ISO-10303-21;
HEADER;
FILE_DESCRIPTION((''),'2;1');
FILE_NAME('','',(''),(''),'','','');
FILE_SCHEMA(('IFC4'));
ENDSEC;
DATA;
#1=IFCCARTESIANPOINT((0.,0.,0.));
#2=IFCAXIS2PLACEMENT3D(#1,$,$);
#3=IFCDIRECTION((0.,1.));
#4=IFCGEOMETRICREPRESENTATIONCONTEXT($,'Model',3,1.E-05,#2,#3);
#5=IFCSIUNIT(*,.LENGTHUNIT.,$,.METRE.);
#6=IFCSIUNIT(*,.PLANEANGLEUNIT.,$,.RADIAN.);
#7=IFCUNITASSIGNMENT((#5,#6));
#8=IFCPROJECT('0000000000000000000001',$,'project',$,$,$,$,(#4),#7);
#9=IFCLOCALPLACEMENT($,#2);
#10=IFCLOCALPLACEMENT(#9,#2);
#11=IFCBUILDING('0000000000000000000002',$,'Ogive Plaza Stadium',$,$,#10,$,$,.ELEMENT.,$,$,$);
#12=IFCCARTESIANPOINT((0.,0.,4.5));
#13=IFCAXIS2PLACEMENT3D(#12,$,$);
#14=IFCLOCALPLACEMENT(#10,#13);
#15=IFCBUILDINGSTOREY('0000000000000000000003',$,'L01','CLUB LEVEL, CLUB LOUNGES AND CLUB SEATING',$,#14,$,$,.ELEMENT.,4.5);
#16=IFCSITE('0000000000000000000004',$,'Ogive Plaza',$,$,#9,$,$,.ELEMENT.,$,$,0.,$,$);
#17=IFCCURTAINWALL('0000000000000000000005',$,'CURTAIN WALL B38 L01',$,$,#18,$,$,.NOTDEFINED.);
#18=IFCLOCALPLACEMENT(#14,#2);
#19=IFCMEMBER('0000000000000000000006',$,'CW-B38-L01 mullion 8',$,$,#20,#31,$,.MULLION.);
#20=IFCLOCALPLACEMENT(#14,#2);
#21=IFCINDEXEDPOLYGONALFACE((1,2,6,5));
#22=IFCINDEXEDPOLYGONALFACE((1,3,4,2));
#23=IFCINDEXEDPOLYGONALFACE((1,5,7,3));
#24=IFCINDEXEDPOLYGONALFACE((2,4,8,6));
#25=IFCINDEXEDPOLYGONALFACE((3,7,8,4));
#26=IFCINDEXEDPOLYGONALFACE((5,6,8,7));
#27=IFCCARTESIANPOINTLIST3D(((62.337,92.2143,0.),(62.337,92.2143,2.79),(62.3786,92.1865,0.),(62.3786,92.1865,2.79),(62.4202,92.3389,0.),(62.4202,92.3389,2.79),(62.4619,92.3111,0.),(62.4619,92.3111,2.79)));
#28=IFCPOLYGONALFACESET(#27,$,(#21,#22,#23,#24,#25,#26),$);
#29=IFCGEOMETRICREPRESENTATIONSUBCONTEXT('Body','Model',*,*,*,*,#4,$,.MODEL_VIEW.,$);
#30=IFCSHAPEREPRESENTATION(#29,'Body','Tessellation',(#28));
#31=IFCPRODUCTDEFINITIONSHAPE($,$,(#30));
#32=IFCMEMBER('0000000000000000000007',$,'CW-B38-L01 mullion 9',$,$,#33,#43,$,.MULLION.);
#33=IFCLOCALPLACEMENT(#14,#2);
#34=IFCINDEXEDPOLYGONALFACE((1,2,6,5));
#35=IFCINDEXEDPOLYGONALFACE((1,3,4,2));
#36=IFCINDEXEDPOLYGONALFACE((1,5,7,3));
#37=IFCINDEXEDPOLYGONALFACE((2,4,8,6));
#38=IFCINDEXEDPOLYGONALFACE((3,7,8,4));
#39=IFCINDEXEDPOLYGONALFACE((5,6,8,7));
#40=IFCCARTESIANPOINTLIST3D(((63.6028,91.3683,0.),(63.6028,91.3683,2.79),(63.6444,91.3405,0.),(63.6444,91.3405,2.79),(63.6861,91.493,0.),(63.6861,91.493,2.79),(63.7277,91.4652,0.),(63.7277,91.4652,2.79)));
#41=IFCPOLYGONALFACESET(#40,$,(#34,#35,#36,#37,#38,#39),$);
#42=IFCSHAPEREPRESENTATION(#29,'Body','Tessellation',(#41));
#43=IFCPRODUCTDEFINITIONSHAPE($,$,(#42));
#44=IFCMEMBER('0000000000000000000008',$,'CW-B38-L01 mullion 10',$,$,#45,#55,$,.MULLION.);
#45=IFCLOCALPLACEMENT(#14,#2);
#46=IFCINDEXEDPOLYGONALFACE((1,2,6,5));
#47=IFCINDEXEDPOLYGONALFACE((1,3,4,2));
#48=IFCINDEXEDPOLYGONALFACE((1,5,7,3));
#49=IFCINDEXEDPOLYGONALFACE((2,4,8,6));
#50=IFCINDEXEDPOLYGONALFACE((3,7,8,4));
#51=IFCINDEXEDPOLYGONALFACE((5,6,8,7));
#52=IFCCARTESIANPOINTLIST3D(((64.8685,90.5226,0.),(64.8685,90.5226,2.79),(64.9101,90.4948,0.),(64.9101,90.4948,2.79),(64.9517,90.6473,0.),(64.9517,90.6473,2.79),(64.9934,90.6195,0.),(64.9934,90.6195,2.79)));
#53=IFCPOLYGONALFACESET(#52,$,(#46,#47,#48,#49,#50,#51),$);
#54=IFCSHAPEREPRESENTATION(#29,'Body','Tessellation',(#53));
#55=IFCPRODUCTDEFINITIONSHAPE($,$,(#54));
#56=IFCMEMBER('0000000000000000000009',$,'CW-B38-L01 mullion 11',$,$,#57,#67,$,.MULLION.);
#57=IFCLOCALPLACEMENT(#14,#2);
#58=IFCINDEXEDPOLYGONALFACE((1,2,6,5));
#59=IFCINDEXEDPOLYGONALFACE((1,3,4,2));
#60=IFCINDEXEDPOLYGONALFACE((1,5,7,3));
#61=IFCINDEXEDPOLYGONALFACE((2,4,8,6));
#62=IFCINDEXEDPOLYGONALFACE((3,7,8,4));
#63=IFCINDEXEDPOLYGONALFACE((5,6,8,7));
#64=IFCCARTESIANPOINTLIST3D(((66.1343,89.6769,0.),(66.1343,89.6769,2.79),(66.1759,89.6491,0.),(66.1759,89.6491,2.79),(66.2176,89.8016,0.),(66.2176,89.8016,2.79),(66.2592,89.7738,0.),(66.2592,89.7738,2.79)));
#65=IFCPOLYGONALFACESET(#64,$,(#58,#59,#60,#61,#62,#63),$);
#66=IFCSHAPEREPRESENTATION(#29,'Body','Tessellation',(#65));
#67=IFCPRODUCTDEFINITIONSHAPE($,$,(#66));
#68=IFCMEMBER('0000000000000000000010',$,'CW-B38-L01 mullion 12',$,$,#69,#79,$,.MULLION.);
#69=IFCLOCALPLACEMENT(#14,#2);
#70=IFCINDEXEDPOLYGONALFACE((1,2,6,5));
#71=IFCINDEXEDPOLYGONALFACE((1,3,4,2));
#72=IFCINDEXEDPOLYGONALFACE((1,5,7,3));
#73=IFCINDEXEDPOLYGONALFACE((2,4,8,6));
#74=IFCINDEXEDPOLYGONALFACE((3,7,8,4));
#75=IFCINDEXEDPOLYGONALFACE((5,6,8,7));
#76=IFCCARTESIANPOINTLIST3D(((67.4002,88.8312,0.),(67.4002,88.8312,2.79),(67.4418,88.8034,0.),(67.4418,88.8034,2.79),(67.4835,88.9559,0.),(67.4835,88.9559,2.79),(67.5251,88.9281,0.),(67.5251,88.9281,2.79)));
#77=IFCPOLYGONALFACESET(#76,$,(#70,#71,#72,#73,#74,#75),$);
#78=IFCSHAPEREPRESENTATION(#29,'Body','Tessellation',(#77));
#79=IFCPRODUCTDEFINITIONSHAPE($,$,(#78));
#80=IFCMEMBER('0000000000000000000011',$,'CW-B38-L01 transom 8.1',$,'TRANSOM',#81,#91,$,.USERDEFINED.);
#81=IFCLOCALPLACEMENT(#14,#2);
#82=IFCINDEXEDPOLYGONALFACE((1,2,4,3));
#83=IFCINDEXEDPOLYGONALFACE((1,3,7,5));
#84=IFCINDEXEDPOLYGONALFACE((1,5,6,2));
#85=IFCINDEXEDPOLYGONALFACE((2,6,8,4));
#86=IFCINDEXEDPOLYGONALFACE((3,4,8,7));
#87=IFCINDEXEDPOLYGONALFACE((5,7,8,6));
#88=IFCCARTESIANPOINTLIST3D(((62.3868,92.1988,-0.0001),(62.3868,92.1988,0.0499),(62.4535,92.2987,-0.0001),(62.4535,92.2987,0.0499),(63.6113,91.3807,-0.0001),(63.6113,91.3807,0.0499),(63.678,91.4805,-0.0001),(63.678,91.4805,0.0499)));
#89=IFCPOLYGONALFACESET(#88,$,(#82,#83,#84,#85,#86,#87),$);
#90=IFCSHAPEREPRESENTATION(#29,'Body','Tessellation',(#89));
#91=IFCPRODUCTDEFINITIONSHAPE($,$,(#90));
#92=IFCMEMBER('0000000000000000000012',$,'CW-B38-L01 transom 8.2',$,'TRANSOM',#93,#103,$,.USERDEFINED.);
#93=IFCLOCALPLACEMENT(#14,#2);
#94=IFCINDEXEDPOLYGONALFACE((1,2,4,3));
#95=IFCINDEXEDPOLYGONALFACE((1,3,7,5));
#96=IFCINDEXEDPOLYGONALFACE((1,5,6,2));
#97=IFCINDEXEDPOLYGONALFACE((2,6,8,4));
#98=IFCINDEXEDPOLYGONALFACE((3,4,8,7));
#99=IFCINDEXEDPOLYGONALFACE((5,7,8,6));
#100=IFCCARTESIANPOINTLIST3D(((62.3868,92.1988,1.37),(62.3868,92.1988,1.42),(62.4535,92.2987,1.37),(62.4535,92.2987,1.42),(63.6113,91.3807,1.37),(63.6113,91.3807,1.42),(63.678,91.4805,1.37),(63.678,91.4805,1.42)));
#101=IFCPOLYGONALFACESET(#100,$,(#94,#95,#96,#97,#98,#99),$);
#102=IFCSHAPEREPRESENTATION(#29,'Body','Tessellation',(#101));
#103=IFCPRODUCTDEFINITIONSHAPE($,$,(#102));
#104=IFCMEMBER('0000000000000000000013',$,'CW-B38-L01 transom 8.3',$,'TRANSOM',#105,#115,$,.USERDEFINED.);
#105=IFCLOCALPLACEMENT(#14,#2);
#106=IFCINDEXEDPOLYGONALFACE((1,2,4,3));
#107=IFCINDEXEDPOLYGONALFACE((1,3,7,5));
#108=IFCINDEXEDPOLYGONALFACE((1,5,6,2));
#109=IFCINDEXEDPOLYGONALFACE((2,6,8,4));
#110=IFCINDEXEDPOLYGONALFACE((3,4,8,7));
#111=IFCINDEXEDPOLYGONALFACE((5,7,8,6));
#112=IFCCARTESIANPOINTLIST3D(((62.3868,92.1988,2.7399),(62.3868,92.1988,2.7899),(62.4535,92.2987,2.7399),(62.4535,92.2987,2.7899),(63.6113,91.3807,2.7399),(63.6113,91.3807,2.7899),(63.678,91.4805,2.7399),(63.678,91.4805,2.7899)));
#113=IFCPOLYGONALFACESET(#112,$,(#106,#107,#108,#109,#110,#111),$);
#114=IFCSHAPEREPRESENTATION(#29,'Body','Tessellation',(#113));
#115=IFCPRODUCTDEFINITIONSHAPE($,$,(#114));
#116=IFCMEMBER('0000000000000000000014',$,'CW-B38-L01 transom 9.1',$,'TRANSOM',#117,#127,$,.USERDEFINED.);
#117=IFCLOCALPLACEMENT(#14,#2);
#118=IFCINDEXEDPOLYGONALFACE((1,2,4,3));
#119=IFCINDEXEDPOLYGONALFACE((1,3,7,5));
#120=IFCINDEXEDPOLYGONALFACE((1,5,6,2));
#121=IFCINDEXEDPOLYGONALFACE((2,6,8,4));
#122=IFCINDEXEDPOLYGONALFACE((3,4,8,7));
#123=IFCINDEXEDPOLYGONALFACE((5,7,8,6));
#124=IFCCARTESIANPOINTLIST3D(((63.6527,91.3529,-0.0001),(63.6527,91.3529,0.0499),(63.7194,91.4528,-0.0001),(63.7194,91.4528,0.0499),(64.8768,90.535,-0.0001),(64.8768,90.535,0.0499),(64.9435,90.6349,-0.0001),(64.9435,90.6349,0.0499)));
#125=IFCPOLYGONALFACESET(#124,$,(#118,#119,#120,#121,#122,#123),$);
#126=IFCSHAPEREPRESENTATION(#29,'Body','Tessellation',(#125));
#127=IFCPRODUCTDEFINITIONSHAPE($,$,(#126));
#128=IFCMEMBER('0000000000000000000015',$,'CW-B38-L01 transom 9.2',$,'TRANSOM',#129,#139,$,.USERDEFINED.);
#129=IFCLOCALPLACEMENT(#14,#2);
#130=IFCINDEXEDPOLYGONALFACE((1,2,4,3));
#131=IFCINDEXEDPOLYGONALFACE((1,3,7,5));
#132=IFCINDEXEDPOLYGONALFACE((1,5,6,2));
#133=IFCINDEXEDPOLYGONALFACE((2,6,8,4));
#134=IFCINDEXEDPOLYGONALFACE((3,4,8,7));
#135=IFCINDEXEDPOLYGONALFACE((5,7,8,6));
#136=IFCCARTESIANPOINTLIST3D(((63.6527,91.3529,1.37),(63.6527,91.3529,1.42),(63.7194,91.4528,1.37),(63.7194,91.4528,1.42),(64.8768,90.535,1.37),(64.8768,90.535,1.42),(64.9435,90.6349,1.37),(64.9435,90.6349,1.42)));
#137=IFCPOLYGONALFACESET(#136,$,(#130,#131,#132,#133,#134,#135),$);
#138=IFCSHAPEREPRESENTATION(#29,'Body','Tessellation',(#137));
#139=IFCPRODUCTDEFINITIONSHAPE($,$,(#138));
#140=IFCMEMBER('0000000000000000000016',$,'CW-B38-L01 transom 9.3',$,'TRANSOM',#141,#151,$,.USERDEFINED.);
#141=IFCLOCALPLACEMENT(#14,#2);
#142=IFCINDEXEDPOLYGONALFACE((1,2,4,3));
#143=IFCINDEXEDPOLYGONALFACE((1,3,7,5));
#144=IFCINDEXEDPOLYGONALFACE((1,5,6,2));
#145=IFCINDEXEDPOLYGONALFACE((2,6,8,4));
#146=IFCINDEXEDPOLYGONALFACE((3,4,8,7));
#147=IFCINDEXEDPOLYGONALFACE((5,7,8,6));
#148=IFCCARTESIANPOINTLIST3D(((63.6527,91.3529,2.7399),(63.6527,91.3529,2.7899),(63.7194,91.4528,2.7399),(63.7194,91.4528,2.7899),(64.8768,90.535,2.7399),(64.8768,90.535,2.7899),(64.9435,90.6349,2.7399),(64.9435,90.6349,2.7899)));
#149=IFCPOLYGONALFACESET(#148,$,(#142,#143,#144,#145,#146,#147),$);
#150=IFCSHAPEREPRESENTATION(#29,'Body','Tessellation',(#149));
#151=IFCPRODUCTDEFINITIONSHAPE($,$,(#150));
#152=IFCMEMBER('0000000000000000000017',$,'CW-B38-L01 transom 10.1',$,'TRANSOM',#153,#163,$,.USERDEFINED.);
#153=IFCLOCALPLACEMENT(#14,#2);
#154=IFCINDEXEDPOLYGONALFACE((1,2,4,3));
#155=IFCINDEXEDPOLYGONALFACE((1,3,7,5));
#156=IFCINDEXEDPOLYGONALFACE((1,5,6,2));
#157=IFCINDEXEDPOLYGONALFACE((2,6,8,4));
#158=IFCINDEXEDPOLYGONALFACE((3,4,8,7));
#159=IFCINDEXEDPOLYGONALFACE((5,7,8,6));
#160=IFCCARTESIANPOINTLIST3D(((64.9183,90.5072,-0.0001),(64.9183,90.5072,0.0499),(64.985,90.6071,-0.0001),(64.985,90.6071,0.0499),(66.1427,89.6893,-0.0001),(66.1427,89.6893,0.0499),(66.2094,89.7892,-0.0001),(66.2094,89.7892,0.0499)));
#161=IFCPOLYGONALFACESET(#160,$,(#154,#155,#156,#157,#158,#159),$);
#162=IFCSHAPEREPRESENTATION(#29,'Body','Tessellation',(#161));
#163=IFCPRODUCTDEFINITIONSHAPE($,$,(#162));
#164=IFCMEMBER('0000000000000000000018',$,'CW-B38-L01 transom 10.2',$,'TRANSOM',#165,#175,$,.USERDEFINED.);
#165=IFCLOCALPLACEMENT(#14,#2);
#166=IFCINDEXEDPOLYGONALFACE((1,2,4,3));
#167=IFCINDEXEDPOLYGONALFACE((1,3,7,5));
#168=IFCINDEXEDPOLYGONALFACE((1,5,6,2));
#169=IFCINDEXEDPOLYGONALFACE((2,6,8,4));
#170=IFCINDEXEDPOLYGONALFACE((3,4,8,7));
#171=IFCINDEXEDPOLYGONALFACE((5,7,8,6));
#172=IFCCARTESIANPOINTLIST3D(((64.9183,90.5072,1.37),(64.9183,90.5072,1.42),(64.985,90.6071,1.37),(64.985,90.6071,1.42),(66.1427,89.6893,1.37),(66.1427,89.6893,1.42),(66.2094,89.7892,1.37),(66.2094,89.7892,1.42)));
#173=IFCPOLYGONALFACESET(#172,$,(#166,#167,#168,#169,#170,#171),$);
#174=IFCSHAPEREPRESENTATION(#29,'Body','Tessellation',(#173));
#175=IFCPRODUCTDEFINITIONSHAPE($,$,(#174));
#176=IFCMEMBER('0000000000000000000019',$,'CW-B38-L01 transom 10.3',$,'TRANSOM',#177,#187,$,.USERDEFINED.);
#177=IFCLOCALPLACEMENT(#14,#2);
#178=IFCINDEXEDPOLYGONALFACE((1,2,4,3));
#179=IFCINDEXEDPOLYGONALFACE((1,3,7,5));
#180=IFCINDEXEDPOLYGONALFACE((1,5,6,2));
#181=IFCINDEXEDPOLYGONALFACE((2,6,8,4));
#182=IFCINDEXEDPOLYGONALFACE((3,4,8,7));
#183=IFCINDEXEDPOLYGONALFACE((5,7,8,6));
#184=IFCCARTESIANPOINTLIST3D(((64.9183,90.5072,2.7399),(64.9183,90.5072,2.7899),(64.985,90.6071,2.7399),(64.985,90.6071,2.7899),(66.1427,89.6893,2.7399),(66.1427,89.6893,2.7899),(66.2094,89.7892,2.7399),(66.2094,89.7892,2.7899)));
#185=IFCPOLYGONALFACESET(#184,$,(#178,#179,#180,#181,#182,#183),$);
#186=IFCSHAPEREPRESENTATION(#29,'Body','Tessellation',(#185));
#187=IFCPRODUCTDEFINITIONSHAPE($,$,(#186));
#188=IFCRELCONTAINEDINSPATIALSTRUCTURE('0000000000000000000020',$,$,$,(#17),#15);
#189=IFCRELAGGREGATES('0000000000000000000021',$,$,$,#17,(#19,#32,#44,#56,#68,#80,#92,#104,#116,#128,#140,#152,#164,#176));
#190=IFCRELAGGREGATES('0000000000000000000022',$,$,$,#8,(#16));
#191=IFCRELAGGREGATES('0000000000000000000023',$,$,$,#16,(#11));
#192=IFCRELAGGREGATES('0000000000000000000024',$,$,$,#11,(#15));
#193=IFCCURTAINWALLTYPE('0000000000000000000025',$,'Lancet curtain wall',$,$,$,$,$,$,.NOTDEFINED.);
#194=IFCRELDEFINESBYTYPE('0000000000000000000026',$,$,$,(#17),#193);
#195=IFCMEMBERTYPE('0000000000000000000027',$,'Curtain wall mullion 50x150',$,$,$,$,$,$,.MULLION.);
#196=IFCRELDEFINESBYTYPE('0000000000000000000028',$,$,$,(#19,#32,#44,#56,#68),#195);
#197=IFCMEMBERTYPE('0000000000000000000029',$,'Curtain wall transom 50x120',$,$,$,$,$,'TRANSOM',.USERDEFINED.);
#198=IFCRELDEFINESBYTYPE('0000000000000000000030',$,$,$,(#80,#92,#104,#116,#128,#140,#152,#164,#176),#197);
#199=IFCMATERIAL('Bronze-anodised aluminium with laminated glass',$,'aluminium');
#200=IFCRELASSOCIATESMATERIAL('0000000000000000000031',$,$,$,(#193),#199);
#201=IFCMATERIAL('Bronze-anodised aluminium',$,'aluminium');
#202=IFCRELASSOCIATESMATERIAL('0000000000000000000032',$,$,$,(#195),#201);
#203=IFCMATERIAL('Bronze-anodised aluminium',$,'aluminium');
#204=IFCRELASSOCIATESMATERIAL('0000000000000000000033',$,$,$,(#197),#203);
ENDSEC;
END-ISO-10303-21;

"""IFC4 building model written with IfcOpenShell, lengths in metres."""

from ifc_helpers import new_model, si_unit, direction, frame, origin, origin_2d, place, context, subcontext, project, spatial, rectangle, extrude, material, material_profile, profile_set, type_object, element, aggregate, save


model = new_model("IFC4")

# Units and contexts
model_context = context("Model", 3, precision=1e-05, world=origin(), true_north=direction((0.0, 1.0)))
body_context = subcontext(model_context, "Body", "Model", "MODEL_VIEW")
ifc_project = project(units=[si_unit("LENGTHUNIT", "METRE"), si_unit("PLANEANGLEUNIT", "RADIAN")], contexts=[model_context])

# Site, building, storey
site_placement = place(None, origin())
site = spatial("IfcSite", under=ifc_project, at=site_placement, Name="Ogive Plaza", CompositionType="ELEMENT", RefElevation=0.0)
building_placement = place(site_placement, origin())
building = spatial("IfcBuilding", under=site, at=building_placement, Name="Ogive Plaza Stadium", CompositionType="ELEMENT")
storey_placement = place(building_placement, frame((0.0, 0.0, 4.5)))
storey = spatial("IfcBuildingStorey", under=building, at=storey_placement, Name="L01", Description="CLUB LEVEL, CLUB LOUNGES AND CLUB SEATING", CompositionType="ELEMENT", Elevation=4.5)

# Curtain wall, members
ifc_material_1 = material(Name="Bronze-anodised aluminium with laminated glass", Category="aluminium")
curtain_wall_type = type_object("IfcCurtainWallType", Name="Lancet curtain wall", PredefinedType="NOTDEFINED", material=ifc_material_1)
curtain_wall_placement = place(storey_placement, origin())
curtain_wall = element("IfcCurtainWall", 1, at=curtain_wall_placement, inside=storey, type_object=curtain_wall_type, Name="CURTAIN WALL B38 L01", PredefinedType="NOTDEFINED")
ifc_material_2 = material(Name="Bronze-anodised aluminium", Category="aluminium")
ifc_material_profile_1 = material_profile(ifc_material_2, rectangle(XDim=0.1499, YDim=0.05, at=origin_2d()), Name="AL 150x50")
ifc_profile_set_1 = profile_set([ifc_material_profile_1], Name="Bronze-anodised aluminium")
member_type_1 = type_object("IfcMemberType", Name="Curtain wall mullion 50x150", PredefinedType="MULLION", material=ifc_profile_set_1)
member_1_placement = place(storey_placement, frame((62.3994, 92.2627, 0.0), z_axis=(0.0, 0.0, 1.0), x_axis=(0.55557, 0.83147, 0.0)))
member_1 = element("IfcMember", 2, at=member_1_placement, type_object=member_type_1, Name="CW-B38-L01 mullion 8", PredefinedType="MULLION", context=body_context, shape_type="SweptSolid", body=[
    extrude(rectangle(XDim=0.1499, YDim=0.05, at=origin_2d()), origin(), (0.0, 0.0, 1.0), 2.79),
])
member_2_placement = place(storey_placement, frame((63.6653, 91.4167, 0.0), z_axis=(0.0, 0.0, 1.0), x_axis=(0.55557, 0.83147, 0.0)))
member_2 = element("IfcMember", 3, at=member_2_placement, type_object=member_type_1, Name="CW-B38-L01 mullion 9", PredefinedType="MULLION", context=body_context, shape_type="SweptSolid", body=[
    extrude(rectangle(XDim=0.1499, YDim=0.05, at=origin_2d()), origin(), (0.0, 0.0, 1.0), 2.79),
])
member_3_placement = place(storey_placement, frame((64.9309, 90.571, 0.0), z_axis=(0.0, 0.0, 1.0), x_axis=(0.55557, 0.83147, 0.0)))
member_3 = element("IfcMember", 4, at=member_3_placement, type_object=member_type_1, Name="CW-B38-L01 mullion 10", PredefinedType="MULLION", context=body_context, shape_type="SweptSolid", body=[
    extrude(rectangle(XDim=0.1499, YDim=0.05, at=origin_2d()), origin(), (0.0, 0.0, 1.0), 2.79),
])
member_4_placement = place(storey_placement, frame((66.1968, 89.7253, 0.0), z_axis=(0.0, 0.0, 1.0), x_axis=(0.55557, 0.83147, 0.0)))
member_4 = element("IfcMember", 5, at=member_4_placement, type_object=member_type_1, Name="CW-B38-L01 mullion 11", PredefinedType="MULLION", context=body_context, shape_type="SweptSolid", body=[
    extrude(rectangle(XDim=0.1499, YDim=0.05, at=origin_2d()), origin(), (0.0, 0.0, 1.0), 2.79),
])
member_5_placement = place(storey_placement, frame((67.4626, 88.8796, 0.0), z_axis=(0.0, 0.0, 1.0), x_axis=(0.55557, 0.83147, 0.0)))
member_5 = element("IfcMember", 6, at=member_5_placement, type_object=member_type_1, Name="CW-B38-L01 mullion 12", PredefinedType="MULLION", context=body_context, shape_type="SweptSolid", body=[
    extrude(rectangle(XDim=0.1499, YDim=0.05, at=origin_2d()), origin(), (0.0, 0.0, 1.0), 2.79),
])
ifc_material_3 = material(Name="Bronze-anodised aluminium", Category="aluminium")
ifc_material_profile_2 = material_profile(ifc_material_3, rectangle(XDim=0.1201, YDim=0.05, at=origin_2d()), Name="AL 120x50")
ifc_profile_set_2 = profile_set([ifc_material_profile_2], Name="Bronze-anodised aluminium")
member_type_2 = type_object("IfcMemberType", Name="Curtain wall transom 50x120", ElementType="TRANSOM", PredefinedType="USERDEFINED", material=ifc_profile_set_2)
member_6_placement = place(storey_placement, frame((62.4202, 92.2488, 0.0249), z_axis=(0.831463, -0.55558, 0.0), x_axis=(0.55558, 0.831463, 0.0)))
member_6 = element("IfcMember", 7, at=member_6_placement, type_object=member_type_2, Name="CW-B38-L01 transom 8.1", ObjectType="TRANSOM", PredefinedType="USERDEFINED", context=body_context, shape_type="SweptSolid", body=[
    extrude(rectangle(XDim=0.1201, YDim=0.05, at=origin_2d()), origin(), (0.0, 0.0, 1.0), 1.4727),
])
member_7_placement = place(storey_placement, frame((62.4202, 92.2488, 1.395), z_axis=(0.831463, -0.55558, 0.0), x_axis=(0.55558, 0.831463, 0.0)))
member_7 = element("IfcMember", 8, at=member_7_placement, type_object=member_type_2, Name="CW-B38-L01 transom 8.2", ObjectType="TRANSOM", PredefinedType="USERDEFINED", context=body_context, shape_type="SweptSolid", body=[
    extrude(rectangle(XDim=0.1201, YDim=0.05, at=origin_2d()), origin(), (0.0, 0.0, 1.0), 1.4727),
])
member_8_placement = place(storey_placement, frame((62.4202, 92.2488, 2.7649), z_axis=(0.831463, -0.55558, 0.0), x_axis=(0.55558, 0.831463, 0.0)))
member_8 = element("IfcMember", 9, at=member_8_placement, type_object=member_type_2, Name="CW-B38-L01 transom 8.3", ObjectType="TRANSOM", PredefinedType="USERDEFINED", context=body_context, shape_type="SweptSolid", body=[
    extrude(rectangle(XDim=0.1201, YDim=0.05, at=origin_2d()), origin(), (0.0, 0.0, 1.0), 1.4727),
])
member_9_placement = place(storey_placement, frame((63.686, 91.4028, 0.0249), z_axis=(0.831489, -0.555542, 0.0), x_axis=(0.555542, 0.831489, 0.0)))
member_9 = element("IfcMember", 10, at=member_9_placement, type_object=member_type_2, Name="CW-B38-L01 transom 9.1", ObjectType="TRANSOM", PredefinedType="USERDEFINED", context=body_context, shape_type="SweptSolid", body=[
    extrude(rectangle(XDim=0.1201, YDim=0.05, at=origin_2d()), origin(), (0.0, 0.0, 1.0), 1.4722),
])
member_10_placement = place(storey_placement, frame((63.686, 91.4028, 1.395), z_axis=(0.831489, -0.555542, 0.0), x_axis=(0.555542, 0.831489, 0.0)))
member_10 = element("IfcMember", 11, at=member_10_placement, type_object=member_type_2, Name="CW-B38-L01 transom 9.2", ObjectType="TRANSOM", PredefinedType="USERDEFINED", context=body_context, shape_type="SweptSolid", body=[
    extrude(rectangle(XDim=0.1201, YDim=0.05, at=origin_2d()), origin(), (0.0, 0.0, 1.0), 1.4722),
])
member_11_placement = place(storey_placement, frame((63.686, 91.4028, 2.7649), z_axis=(0.831489, -0.555542, 0.0), x_axis=(0.555542, 0.831489, 0.0)))
member_11 = element("IfcMember", 12, at=member_11_placement, type_object=member_type_2, Name="CW-B38-L01 transom 9.3", ObjectType="TRANSOM", PredefinedType="USERDEFINED", context=body_context, shape_type="SweptSolid", body=[
    extrude(rectangle(XDim=0.1201, YDim=0.05, at=origin_2d()), origin(), (0.0, 0.0, 1.0), 1.4722),
])
member_12_placement = place(storey_placement, frame((64.9517, 90.5571, 0.0249), z_axis=(0.83154, -0.555465, 0.0), x_axis=(0.555465, 0.83154, 0.0)))
member_12 = element("IfcMember", 13, at=member_12_placement, type_object=member_type_2, Name="CW-B38-L01 transom 10.1", ObjectType="TRANSOM", PredefinedType="USERDEFINED", context=body_context, shape_type="SweptSolid", body=[
    extrude(rectangle(XDim=0.1201, YDim=0.05, at=origin_2d()), origin(), (0.0, 0.0, 1.0), 1.4724),
])
member_13_placement = place(storey_placement, frame((64.9517, 90.5571, 1.395), z_axis=(0.83154, -0.555465, 0.0), x_axis=(0.555465, 0.83154, 0.0)))
member_13 = element("IfcMember", 14, at=member_13_placement, type_object=member_type_2, Name="CW-B38-L01 transom 10.2", ObjectType="TRANSOM", PredefinedType="USERDEFINED", context=body_context, shape_type="SweptSolid", body=[
    extrude(rectangle(XDim=0.1201, YDim=0.05, at=origin_2d()), origin(), (0.0, 0.0, 1.0), 1.4724),
])
member_14_placement = place(storey_placement, frame((64.9517, 90.5571, 2.7649), z_axis=(0.83154, -0.555465, 0.0), x_axis=(0.555465, 0.83154, 0.0)))
member_14 = element("IfcMember", 15, at=member_14_placement, type_object=member_type_2, Name="CW-B38-L01 transom 10.3", ObjectType="TRANSOM", PredefinedType="USERDEFINED", context=body_context, shape_type="SweptSolid", body=[
    extrude(rectangle(XDim=0.1201, YDim=0.05, at=origin_2d()), origin(), (0.0, 0.0, 1.0), 1.4724),
])
aggregate(curtain_wall, [member_1, member_2, member_3, member_4, member_5, member_6, member_7, member_8, member_9, member_10, member_11, member_12, member_13, member_14])

save(model, "model.ifc")
